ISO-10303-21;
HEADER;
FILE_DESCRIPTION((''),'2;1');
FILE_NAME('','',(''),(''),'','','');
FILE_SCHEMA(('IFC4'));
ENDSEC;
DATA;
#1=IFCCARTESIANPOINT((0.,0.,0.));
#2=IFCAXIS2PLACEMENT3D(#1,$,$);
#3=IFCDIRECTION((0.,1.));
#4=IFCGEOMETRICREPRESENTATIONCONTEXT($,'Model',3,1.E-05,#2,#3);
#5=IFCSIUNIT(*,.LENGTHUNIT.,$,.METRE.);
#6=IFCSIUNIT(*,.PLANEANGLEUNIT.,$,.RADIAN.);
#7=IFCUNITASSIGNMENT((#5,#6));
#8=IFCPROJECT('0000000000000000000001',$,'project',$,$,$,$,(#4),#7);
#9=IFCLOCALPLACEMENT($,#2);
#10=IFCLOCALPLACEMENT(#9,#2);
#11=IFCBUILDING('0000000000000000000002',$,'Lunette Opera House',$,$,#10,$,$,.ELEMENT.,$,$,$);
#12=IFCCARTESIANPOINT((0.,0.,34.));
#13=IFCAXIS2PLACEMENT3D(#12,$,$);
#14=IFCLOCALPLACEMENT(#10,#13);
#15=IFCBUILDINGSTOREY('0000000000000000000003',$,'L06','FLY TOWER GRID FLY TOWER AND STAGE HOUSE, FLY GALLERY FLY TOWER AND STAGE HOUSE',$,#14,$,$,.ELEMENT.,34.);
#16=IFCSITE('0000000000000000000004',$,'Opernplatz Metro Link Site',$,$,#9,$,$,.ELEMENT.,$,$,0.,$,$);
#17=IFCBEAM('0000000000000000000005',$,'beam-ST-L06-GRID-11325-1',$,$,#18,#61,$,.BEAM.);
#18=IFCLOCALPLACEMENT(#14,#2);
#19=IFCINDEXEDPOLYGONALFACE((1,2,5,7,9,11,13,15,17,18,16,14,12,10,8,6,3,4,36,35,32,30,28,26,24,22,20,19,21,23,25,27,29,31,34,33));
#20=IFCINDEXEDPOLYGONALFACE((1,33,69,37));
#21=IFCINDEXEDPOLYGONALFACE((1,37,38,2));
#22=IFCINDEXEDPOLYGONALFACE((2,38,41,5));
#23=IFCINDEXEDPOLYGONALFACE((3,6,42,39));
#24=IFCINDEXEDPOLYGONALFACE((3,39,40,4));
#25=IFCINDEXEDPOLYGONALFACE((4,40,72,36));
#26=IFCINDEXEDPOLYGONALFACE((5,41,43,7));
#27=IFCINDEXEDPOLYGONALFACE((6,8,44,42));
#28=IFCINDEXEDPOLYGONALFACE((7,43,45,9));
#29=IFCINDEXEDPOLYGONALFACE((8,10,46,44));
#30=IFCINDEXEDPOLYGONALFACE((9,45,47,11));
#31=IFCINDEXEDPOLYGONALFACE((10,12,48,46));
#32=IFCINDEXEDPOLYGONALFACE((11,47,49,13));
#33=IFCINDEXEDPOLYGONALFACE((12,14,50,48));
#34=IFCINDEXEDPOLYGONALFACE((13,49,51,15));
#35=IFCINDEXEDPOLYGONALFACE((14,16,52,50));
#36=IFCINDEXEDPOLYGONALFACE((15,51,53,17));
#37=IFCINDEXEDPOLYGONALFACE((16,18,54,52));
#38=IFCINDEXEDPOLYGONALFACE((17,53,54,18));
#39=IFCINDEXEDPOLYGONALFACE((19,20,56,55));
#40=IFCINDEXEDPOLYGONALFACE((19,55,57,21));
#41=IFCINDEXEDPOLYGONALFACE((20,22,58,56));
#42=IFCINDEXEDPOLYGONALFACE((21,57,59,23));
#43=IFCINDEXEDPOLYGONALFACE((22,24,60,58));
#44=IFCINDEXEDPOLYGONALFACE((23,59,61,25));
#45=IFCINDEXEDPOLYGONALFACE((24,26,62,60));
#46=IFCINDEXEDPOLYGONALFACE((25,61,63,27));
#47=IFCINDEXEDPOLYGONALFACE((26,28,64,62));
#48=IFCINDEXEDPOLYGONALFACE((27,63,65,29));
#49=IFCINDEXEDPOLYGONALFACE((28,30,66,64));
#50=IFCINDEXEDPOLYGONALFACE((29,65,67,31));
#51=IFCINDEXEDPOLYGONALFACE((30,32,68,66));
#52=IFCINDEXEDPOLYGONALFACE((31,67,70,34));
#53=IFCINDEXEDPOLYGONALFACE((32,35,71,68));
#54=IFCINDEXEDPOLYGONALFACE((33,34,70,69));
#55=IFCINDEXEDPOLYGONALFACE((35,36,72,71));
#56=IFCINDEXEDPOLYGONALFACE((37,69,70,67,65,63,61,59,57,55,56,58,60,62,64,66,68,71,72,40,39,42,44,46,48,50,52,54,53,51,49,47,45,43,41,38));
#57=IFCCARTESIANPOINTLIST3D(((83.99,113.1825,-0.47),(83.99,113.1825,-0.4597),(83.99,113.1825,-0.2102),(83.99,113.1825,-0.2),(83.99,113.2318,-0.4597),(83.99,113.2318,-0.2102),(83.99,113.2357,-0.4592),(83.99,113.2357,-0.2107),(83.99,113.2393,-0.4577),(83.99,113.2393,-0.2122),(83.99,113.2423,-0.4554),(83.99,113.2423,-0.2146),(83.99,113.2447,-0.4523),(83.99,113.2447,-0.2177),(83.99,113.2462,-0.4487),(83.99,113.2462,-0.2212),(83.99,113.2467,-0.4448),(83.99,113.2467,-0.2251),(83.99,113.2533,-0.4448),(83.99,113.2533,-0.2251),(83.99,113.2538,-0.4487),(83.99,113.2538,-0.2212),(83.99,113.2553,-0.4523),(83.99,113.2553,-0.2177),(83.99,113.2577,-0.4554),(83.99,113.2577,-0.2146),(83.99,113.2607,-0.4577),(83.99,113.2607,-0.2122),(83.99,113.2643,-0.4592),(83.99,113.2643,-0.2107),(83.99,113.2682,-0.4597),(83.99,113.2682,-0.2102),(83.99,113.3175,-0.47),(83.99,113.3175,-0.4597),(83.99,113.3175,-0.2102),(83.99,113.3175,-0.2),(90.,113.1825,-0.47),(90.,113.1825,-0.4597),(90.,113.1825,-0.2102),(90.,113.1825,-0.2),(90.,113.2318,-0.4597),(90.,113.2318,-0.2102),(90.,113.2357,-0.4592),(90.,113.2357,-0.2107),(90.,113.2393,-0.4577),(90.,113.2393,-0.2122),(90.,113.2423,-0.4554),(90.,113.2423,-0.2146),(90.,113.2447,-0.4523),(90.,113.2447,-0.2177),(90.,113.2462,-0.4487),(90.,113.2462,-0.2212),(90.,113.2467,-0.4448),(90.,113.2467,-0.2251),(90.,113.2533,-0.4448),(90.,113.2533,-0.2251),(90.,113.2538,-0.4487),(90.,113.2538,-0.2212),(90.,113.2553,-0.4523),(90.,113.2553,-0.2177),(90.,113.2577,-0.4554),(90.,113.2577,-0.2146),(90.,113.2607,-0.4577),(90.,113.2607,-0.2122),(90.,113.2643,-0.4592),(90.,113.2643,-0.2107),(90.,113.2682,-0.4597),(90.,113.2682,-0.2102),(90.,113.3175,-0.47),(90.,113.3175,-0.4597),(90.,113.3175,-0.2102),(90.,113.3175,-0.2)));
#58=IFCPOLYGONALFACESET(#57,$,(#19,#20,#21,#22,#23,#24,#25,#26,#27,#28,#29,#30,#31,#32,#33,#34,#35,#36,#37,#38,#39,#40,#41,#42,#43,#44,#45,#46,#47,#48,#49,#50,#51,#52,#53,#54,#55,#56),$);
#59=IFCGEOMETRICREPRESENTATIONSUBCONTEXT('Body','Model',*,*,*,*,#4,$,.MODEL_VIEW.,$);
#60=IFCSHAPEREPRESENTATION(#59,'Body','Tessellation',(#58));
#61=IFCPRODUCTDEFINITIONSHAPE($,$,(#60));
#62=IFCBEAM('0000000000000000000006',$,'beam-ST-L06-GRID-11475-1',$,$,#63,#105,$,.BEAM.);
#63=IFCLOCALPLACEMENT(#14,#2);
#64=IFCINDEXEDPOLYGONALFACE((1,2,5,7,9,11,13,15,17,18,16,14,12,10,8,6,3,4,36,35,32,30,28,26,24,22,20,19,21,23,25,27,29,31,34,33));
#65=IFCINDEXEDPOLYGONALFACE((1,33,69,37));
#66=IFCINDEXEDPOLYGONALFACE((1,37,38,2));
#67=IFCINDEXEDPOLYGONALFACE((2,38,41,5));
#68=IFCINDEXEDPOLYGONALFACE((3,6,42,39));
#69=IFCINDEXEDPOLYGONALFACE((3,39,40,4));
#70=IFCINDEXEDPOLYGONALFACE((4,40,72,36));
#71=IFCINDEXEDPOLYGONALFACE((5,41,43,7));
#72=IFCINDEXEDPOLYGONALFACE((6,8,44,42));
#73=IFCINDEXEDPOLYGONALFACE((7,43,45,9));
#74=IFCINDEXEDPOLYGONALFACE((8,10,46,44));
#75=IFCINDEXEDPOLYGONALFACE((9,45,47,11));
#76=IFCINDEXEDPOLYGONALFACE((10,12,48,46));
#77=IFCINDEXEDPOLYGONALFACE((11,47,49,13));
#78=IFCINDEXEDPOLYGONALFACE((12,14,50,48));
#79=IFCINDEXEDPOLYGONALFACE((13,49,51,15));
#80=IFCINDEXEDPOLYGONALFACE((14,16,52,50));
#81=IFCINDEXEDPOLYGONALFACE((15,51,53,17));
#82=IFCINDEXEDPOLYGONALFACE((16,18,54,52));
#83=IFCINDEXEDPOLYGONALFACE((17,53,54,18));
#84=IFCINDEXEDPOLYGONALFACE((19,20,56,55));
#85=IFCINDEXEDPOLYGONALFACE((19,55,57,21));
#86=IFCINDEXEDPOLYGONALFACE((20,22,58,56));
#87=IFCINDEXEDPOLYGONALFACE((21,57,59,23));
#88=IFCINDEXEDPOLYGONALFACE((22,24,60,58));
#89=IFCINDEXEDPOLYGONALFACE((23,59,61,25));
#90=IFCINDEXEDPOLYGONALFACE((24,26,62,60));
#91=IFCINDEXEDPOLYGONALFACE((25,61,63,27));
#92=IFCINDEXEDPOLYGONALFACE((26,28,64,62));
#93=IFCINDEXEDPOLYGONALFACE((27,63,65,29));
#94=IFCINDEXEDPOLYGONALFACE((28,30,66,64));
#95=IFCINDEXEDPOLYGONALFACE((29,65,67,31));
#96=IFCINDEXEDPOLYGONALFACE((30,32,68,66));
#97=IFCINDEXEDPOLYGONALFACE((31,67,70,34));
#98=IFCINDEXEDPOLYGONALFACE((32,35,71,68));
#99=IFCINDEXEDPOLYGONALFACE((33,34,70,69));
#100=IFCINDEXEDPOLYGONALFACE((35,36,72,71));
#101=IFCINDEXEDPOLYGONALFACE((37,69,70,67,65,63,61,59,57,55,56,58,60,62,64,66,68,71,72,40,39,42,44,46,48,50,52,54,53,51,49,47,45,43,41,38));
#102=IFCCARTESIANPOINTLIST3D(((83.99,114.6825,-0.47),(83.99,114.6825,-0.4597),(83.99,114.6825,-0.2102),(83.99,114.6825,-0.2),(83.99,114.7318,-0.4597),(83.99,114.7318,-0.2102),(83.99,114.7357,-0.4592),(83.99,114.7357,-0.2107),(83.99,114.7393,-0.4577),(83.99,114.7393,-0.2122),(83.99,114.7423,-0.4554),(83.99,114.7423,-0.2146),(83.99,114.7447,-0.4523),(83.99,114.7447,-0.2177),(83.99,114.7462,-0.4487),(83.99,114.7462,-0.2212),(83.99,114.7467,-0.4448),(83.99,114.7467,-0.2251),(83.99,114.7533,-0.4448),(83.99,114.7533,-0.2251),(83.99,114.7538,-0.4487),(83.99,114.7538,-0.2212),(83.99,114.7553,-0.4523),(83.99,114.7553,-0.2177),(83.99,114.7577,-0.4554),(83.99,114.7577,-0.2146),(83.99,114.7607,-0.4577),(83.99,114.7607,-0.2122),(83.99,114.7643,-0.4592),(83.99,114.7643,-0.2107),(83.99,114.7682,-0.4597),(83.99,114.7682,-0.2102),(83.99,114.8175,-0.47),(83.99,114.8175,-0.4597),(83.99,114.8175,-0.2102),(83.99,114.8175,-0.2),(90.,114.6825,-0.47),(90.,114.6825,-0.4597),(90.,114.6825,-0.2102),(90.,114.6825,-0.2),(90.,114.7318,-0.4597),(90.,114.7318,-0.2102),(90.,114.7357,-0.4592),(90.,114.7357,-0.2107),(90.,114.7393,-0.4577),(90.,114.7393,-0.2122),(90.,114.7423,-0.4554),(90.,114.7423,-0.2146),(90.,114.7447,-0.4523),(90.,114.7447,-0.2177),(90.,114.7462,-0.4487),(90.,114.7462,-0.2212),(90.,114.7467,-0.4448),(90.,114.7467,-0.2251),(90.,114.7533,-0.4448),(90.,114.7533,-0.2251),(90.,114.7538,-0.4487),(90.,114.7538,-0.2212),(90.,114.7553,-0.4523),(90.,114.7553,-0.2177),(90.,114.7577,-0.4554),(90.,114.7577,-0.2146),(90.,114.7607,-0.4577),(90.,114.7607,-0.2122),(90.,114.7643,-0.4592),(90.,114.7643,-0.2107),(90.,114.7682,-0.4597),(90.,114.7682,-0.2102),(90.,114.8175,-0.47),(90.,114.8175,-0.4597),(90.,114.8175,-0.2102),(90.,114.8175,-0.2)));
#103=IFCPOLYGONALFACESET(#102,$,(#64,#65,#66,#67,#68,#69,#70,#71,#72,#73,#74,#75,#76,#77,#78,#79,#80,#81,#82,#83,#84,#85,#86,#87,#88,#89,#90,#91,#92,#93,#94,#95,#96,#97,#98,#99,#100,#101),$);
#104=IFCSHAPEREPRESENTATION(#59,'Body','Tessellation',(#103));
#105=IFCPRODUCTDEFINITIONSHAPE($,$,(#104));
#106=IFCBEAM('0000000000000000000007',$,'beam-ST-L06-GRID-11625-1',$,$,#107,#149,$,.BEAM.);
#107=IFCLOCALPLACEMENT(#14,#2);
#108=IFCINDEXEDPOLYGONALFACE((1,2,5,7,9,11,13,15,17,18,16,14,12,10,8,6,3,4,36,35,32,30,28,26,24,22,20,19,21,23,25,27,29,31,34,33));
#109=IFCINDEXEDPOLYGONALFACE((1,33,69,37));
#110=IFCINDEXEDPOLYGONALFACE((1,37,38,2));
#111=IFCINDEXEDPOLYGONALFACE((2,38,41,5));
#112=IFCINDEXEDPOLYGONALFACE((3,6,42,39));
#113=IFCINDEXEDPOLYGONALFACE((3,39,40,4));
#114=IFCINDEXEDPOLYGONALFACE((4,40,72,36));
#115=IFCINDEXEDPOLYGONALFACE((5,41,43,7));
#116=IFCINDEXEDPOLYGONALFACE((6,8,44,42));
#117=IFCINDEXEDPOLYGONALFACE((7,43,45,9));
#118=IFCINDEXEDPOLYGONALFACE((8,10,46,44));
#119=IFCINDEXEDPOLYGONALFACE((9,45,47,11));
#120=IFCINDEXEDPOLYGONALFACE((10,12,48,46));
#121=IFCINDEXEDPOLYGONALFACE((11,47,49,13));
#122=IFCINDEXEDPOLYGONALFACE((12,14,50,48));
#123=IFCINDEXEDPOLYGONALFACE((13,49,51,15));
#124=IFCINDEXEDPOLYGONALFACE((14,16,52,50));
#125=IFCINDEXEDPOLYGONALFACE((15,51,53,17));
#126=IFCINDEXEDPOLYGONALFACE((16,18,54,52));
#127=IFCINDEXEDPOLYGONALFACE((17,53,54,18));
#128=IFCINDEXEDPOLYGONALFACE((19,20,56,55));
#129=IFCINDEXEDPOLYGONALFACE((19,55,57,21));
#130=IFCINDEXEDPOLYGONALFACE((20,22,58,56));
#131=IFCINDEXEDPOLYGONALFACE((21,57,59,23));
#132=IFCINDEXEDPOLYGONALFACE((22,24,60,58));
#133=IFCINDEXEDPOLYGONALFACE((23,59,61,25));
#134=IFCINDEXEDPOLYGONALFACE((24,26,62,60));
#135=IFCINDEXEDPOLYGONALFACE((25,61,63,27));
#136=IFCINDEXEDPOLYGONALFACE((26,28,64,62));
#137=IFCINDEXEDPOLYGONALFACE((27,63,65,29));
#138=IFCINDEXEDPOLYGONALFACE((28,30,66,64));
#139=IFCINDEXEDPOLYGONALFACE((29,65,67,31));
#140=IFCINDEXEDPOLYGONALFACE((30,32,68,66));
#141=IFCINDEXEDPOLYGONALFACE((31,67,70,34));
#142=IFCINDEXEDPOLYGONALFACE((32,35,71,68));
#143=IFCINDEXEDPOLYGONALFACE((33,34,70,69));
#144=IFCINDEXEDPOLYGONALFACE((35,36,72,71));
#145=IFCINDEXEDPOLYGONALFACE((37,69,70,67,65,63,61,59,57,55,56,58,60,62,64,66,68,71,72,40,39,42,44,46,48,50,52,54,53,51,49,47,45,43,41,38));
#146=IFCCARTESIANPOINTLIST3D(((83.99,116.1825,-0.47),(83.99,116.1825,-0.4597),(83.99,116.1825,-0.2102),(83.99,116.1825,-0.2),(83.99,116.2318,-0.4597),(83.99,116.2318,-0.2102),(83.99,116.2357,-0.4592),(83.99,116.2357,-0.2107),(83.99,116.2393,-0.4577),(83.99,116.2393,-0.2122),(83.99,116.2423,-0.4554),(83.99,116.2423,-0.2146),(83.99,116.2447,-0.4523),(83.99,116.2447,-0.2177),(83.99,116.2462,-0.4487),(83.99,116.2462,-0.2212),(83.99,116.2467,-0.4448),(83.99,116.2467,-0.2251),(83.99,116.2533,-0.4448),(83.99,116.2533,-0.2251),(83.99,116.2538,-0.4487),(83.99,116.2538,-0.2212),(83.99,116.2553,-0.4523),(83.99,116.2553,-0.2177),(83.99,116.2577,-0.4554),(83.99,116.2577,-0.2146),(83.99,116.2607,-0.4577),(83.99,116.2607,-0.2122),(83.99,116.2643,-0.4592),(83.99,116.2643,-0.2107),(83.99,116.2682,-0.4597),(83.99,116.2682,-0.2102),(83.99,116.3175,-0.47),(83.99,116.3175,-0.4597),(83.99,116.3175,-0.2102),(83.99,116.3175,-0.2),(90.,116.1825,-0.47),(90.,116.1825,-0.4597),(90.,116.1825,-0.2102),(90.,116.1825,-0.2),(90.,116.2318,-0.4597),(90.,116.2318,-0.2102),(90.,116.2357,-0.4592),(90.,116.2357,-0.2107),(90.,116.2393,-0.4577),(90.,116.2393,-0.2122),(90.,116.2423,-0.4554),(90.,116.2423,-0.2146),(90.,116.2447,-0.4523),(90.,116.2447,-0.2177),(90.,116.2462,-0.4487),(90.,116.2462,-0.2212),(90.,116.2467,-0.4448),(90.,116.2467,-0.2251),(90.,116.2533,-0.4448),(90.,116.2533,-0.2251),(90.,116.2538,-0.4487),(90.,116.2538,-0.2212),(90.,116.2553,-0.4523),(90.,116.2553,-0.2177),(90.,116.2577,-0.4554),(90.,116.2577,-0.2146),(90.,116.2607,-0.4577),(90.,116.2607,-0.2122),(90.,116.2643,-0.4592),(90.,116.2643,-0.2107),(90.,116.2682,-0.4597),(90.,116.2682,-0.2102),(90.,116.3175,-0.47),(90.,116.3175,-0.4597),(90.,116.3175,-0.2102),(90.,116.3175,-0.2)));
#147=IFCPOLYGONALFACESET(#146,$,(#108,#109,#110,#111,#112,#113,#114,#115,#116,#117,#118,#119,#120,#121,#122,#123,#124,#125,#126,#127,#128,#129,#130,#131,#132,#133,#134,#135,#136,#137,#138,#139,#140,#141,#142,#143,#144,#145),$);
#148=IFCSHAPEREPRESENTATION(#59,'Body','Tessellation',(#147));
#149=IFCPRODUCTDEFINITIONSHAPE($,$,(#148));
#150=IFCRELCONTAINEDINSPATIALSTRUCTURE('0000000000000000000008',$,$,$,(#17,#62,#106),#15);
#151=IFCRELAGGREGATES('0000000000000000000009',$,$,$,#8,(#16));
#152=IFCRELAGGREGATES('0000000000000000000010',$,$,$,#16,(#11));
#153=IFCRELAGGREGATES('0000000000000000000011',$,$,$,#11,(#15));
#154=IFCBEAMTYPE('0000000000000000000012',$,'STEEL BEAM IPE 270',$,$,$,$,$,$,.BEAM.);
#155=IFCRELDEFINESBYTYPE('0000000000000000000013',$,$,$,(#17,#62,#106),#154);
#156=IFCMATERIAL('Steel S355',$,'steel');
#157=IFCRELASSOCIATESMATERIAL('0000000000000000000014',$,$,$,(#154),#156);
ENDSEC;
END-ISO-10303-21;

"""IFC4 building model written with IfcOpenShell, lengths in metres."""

from ifc_helpers import new_model, si_unit, direction, frame, origin, origin_2d, place, context, subcontext, project, spatial, i_section, extrude, material, material_profile, profile_set, type_object, element, save


model = new_model("IFC4")

# Units and contexts
model_context = context("Model", 3, precision=1e-05, world=origin(), true_north=direction((0.0, 1.0)))
body_context = subcontext(model_context, "Body", "Model", "MODEL_VIEW")
ifc_project = project(units=[si_unit("LENGTHUNIT", "METRE"), si_unit("PLANEANGLEUNIT", "RADIAN")], contexts=[model_context])

# Site, building, storey
site_placement = place(None, origin())
site = spatial("IfcSite", under=ifc_project, at=site_placement, Name="Opernplatz Metro Link Site", CompositionType="ELEMENT", RefElevation=0.0)
building_placement = place(site_placement, origin())
building = spatial("IfcBuilding", under=site, at=building_placement, Name="Lunette Opera House", CompositionType="ELEMENT")
storey_placement = place(building_placement, frame((0.0, 0.0, 34.0)))
storey = spatial("IfcBuildingStorey", under=building, at=storey_placement, Name="L06", Description="FLY TOWER GRID FLY TOWER AND STAGE HOUSE, FLY GALLERY FLY TOWER AND STAGE HOUSE", CompositionType="ELEMENT", Elevation=34.0)

# Beams
ifc_material_1 = material(Name="Steel S355", Category="steel")
ifc_material_profile_1 = material_profile(ifc_material_1, i_section(OverallWidth=0.135, OverallDepth=0.27, WebThickness=0.0066, FlangeThickness=0.0103, FilletRadius=0.0149, at=origin_2d()), Name="IPE 270")
ifc_profile_set_1 = profile_set([ifc_material_profile_1], Name="Steel S355")
beam_type = type_object("IfcBeamType", Name="STEEL BEAM IPE 270", PredefinedType="BEAM", material=ifc_profile_set_1)
for number, where, z_axis, x_axis, name in (
    (1, (83.99, 113.25, -0.335), (1.0, 0.0, 0.0), (0.0, 1.0, 0.0), "beam-ST-L06-GRID-11325-1"),
    (2, (83.99, 114.75, -0.335), (1.0, 0.0, 0.0), (0.0, 1.0, 0.0), "beam-ST-L06-GRID-11475-1"),
    (3, (83.99, 116.25, -0.335), (1.0, 0.0, 0.0), (0.0, 1.0, 0.0), "beam-ST-L06-GRID-11625-1"),
):
    element("IfcBeam", number, at=place(storey_placement, frame(where, z_axis=z_axis, x_axis=x_axis)), inside=storey, type_object=beam_type, Name=name, PredefinedType="BEAM", context=body_context, shape_type="SweptSolid", body=[
        extrude(i_section(OverallWidth=0.135, OverallDepth=0.27, WebThickness=0.0066, FlangeThickness=0.0103, FilletRadius=0.0149, at=origin_2d()), origin(), (0.0, 0.0, 1.0), 6.01),
    ])

save(model, "model.ifc")
